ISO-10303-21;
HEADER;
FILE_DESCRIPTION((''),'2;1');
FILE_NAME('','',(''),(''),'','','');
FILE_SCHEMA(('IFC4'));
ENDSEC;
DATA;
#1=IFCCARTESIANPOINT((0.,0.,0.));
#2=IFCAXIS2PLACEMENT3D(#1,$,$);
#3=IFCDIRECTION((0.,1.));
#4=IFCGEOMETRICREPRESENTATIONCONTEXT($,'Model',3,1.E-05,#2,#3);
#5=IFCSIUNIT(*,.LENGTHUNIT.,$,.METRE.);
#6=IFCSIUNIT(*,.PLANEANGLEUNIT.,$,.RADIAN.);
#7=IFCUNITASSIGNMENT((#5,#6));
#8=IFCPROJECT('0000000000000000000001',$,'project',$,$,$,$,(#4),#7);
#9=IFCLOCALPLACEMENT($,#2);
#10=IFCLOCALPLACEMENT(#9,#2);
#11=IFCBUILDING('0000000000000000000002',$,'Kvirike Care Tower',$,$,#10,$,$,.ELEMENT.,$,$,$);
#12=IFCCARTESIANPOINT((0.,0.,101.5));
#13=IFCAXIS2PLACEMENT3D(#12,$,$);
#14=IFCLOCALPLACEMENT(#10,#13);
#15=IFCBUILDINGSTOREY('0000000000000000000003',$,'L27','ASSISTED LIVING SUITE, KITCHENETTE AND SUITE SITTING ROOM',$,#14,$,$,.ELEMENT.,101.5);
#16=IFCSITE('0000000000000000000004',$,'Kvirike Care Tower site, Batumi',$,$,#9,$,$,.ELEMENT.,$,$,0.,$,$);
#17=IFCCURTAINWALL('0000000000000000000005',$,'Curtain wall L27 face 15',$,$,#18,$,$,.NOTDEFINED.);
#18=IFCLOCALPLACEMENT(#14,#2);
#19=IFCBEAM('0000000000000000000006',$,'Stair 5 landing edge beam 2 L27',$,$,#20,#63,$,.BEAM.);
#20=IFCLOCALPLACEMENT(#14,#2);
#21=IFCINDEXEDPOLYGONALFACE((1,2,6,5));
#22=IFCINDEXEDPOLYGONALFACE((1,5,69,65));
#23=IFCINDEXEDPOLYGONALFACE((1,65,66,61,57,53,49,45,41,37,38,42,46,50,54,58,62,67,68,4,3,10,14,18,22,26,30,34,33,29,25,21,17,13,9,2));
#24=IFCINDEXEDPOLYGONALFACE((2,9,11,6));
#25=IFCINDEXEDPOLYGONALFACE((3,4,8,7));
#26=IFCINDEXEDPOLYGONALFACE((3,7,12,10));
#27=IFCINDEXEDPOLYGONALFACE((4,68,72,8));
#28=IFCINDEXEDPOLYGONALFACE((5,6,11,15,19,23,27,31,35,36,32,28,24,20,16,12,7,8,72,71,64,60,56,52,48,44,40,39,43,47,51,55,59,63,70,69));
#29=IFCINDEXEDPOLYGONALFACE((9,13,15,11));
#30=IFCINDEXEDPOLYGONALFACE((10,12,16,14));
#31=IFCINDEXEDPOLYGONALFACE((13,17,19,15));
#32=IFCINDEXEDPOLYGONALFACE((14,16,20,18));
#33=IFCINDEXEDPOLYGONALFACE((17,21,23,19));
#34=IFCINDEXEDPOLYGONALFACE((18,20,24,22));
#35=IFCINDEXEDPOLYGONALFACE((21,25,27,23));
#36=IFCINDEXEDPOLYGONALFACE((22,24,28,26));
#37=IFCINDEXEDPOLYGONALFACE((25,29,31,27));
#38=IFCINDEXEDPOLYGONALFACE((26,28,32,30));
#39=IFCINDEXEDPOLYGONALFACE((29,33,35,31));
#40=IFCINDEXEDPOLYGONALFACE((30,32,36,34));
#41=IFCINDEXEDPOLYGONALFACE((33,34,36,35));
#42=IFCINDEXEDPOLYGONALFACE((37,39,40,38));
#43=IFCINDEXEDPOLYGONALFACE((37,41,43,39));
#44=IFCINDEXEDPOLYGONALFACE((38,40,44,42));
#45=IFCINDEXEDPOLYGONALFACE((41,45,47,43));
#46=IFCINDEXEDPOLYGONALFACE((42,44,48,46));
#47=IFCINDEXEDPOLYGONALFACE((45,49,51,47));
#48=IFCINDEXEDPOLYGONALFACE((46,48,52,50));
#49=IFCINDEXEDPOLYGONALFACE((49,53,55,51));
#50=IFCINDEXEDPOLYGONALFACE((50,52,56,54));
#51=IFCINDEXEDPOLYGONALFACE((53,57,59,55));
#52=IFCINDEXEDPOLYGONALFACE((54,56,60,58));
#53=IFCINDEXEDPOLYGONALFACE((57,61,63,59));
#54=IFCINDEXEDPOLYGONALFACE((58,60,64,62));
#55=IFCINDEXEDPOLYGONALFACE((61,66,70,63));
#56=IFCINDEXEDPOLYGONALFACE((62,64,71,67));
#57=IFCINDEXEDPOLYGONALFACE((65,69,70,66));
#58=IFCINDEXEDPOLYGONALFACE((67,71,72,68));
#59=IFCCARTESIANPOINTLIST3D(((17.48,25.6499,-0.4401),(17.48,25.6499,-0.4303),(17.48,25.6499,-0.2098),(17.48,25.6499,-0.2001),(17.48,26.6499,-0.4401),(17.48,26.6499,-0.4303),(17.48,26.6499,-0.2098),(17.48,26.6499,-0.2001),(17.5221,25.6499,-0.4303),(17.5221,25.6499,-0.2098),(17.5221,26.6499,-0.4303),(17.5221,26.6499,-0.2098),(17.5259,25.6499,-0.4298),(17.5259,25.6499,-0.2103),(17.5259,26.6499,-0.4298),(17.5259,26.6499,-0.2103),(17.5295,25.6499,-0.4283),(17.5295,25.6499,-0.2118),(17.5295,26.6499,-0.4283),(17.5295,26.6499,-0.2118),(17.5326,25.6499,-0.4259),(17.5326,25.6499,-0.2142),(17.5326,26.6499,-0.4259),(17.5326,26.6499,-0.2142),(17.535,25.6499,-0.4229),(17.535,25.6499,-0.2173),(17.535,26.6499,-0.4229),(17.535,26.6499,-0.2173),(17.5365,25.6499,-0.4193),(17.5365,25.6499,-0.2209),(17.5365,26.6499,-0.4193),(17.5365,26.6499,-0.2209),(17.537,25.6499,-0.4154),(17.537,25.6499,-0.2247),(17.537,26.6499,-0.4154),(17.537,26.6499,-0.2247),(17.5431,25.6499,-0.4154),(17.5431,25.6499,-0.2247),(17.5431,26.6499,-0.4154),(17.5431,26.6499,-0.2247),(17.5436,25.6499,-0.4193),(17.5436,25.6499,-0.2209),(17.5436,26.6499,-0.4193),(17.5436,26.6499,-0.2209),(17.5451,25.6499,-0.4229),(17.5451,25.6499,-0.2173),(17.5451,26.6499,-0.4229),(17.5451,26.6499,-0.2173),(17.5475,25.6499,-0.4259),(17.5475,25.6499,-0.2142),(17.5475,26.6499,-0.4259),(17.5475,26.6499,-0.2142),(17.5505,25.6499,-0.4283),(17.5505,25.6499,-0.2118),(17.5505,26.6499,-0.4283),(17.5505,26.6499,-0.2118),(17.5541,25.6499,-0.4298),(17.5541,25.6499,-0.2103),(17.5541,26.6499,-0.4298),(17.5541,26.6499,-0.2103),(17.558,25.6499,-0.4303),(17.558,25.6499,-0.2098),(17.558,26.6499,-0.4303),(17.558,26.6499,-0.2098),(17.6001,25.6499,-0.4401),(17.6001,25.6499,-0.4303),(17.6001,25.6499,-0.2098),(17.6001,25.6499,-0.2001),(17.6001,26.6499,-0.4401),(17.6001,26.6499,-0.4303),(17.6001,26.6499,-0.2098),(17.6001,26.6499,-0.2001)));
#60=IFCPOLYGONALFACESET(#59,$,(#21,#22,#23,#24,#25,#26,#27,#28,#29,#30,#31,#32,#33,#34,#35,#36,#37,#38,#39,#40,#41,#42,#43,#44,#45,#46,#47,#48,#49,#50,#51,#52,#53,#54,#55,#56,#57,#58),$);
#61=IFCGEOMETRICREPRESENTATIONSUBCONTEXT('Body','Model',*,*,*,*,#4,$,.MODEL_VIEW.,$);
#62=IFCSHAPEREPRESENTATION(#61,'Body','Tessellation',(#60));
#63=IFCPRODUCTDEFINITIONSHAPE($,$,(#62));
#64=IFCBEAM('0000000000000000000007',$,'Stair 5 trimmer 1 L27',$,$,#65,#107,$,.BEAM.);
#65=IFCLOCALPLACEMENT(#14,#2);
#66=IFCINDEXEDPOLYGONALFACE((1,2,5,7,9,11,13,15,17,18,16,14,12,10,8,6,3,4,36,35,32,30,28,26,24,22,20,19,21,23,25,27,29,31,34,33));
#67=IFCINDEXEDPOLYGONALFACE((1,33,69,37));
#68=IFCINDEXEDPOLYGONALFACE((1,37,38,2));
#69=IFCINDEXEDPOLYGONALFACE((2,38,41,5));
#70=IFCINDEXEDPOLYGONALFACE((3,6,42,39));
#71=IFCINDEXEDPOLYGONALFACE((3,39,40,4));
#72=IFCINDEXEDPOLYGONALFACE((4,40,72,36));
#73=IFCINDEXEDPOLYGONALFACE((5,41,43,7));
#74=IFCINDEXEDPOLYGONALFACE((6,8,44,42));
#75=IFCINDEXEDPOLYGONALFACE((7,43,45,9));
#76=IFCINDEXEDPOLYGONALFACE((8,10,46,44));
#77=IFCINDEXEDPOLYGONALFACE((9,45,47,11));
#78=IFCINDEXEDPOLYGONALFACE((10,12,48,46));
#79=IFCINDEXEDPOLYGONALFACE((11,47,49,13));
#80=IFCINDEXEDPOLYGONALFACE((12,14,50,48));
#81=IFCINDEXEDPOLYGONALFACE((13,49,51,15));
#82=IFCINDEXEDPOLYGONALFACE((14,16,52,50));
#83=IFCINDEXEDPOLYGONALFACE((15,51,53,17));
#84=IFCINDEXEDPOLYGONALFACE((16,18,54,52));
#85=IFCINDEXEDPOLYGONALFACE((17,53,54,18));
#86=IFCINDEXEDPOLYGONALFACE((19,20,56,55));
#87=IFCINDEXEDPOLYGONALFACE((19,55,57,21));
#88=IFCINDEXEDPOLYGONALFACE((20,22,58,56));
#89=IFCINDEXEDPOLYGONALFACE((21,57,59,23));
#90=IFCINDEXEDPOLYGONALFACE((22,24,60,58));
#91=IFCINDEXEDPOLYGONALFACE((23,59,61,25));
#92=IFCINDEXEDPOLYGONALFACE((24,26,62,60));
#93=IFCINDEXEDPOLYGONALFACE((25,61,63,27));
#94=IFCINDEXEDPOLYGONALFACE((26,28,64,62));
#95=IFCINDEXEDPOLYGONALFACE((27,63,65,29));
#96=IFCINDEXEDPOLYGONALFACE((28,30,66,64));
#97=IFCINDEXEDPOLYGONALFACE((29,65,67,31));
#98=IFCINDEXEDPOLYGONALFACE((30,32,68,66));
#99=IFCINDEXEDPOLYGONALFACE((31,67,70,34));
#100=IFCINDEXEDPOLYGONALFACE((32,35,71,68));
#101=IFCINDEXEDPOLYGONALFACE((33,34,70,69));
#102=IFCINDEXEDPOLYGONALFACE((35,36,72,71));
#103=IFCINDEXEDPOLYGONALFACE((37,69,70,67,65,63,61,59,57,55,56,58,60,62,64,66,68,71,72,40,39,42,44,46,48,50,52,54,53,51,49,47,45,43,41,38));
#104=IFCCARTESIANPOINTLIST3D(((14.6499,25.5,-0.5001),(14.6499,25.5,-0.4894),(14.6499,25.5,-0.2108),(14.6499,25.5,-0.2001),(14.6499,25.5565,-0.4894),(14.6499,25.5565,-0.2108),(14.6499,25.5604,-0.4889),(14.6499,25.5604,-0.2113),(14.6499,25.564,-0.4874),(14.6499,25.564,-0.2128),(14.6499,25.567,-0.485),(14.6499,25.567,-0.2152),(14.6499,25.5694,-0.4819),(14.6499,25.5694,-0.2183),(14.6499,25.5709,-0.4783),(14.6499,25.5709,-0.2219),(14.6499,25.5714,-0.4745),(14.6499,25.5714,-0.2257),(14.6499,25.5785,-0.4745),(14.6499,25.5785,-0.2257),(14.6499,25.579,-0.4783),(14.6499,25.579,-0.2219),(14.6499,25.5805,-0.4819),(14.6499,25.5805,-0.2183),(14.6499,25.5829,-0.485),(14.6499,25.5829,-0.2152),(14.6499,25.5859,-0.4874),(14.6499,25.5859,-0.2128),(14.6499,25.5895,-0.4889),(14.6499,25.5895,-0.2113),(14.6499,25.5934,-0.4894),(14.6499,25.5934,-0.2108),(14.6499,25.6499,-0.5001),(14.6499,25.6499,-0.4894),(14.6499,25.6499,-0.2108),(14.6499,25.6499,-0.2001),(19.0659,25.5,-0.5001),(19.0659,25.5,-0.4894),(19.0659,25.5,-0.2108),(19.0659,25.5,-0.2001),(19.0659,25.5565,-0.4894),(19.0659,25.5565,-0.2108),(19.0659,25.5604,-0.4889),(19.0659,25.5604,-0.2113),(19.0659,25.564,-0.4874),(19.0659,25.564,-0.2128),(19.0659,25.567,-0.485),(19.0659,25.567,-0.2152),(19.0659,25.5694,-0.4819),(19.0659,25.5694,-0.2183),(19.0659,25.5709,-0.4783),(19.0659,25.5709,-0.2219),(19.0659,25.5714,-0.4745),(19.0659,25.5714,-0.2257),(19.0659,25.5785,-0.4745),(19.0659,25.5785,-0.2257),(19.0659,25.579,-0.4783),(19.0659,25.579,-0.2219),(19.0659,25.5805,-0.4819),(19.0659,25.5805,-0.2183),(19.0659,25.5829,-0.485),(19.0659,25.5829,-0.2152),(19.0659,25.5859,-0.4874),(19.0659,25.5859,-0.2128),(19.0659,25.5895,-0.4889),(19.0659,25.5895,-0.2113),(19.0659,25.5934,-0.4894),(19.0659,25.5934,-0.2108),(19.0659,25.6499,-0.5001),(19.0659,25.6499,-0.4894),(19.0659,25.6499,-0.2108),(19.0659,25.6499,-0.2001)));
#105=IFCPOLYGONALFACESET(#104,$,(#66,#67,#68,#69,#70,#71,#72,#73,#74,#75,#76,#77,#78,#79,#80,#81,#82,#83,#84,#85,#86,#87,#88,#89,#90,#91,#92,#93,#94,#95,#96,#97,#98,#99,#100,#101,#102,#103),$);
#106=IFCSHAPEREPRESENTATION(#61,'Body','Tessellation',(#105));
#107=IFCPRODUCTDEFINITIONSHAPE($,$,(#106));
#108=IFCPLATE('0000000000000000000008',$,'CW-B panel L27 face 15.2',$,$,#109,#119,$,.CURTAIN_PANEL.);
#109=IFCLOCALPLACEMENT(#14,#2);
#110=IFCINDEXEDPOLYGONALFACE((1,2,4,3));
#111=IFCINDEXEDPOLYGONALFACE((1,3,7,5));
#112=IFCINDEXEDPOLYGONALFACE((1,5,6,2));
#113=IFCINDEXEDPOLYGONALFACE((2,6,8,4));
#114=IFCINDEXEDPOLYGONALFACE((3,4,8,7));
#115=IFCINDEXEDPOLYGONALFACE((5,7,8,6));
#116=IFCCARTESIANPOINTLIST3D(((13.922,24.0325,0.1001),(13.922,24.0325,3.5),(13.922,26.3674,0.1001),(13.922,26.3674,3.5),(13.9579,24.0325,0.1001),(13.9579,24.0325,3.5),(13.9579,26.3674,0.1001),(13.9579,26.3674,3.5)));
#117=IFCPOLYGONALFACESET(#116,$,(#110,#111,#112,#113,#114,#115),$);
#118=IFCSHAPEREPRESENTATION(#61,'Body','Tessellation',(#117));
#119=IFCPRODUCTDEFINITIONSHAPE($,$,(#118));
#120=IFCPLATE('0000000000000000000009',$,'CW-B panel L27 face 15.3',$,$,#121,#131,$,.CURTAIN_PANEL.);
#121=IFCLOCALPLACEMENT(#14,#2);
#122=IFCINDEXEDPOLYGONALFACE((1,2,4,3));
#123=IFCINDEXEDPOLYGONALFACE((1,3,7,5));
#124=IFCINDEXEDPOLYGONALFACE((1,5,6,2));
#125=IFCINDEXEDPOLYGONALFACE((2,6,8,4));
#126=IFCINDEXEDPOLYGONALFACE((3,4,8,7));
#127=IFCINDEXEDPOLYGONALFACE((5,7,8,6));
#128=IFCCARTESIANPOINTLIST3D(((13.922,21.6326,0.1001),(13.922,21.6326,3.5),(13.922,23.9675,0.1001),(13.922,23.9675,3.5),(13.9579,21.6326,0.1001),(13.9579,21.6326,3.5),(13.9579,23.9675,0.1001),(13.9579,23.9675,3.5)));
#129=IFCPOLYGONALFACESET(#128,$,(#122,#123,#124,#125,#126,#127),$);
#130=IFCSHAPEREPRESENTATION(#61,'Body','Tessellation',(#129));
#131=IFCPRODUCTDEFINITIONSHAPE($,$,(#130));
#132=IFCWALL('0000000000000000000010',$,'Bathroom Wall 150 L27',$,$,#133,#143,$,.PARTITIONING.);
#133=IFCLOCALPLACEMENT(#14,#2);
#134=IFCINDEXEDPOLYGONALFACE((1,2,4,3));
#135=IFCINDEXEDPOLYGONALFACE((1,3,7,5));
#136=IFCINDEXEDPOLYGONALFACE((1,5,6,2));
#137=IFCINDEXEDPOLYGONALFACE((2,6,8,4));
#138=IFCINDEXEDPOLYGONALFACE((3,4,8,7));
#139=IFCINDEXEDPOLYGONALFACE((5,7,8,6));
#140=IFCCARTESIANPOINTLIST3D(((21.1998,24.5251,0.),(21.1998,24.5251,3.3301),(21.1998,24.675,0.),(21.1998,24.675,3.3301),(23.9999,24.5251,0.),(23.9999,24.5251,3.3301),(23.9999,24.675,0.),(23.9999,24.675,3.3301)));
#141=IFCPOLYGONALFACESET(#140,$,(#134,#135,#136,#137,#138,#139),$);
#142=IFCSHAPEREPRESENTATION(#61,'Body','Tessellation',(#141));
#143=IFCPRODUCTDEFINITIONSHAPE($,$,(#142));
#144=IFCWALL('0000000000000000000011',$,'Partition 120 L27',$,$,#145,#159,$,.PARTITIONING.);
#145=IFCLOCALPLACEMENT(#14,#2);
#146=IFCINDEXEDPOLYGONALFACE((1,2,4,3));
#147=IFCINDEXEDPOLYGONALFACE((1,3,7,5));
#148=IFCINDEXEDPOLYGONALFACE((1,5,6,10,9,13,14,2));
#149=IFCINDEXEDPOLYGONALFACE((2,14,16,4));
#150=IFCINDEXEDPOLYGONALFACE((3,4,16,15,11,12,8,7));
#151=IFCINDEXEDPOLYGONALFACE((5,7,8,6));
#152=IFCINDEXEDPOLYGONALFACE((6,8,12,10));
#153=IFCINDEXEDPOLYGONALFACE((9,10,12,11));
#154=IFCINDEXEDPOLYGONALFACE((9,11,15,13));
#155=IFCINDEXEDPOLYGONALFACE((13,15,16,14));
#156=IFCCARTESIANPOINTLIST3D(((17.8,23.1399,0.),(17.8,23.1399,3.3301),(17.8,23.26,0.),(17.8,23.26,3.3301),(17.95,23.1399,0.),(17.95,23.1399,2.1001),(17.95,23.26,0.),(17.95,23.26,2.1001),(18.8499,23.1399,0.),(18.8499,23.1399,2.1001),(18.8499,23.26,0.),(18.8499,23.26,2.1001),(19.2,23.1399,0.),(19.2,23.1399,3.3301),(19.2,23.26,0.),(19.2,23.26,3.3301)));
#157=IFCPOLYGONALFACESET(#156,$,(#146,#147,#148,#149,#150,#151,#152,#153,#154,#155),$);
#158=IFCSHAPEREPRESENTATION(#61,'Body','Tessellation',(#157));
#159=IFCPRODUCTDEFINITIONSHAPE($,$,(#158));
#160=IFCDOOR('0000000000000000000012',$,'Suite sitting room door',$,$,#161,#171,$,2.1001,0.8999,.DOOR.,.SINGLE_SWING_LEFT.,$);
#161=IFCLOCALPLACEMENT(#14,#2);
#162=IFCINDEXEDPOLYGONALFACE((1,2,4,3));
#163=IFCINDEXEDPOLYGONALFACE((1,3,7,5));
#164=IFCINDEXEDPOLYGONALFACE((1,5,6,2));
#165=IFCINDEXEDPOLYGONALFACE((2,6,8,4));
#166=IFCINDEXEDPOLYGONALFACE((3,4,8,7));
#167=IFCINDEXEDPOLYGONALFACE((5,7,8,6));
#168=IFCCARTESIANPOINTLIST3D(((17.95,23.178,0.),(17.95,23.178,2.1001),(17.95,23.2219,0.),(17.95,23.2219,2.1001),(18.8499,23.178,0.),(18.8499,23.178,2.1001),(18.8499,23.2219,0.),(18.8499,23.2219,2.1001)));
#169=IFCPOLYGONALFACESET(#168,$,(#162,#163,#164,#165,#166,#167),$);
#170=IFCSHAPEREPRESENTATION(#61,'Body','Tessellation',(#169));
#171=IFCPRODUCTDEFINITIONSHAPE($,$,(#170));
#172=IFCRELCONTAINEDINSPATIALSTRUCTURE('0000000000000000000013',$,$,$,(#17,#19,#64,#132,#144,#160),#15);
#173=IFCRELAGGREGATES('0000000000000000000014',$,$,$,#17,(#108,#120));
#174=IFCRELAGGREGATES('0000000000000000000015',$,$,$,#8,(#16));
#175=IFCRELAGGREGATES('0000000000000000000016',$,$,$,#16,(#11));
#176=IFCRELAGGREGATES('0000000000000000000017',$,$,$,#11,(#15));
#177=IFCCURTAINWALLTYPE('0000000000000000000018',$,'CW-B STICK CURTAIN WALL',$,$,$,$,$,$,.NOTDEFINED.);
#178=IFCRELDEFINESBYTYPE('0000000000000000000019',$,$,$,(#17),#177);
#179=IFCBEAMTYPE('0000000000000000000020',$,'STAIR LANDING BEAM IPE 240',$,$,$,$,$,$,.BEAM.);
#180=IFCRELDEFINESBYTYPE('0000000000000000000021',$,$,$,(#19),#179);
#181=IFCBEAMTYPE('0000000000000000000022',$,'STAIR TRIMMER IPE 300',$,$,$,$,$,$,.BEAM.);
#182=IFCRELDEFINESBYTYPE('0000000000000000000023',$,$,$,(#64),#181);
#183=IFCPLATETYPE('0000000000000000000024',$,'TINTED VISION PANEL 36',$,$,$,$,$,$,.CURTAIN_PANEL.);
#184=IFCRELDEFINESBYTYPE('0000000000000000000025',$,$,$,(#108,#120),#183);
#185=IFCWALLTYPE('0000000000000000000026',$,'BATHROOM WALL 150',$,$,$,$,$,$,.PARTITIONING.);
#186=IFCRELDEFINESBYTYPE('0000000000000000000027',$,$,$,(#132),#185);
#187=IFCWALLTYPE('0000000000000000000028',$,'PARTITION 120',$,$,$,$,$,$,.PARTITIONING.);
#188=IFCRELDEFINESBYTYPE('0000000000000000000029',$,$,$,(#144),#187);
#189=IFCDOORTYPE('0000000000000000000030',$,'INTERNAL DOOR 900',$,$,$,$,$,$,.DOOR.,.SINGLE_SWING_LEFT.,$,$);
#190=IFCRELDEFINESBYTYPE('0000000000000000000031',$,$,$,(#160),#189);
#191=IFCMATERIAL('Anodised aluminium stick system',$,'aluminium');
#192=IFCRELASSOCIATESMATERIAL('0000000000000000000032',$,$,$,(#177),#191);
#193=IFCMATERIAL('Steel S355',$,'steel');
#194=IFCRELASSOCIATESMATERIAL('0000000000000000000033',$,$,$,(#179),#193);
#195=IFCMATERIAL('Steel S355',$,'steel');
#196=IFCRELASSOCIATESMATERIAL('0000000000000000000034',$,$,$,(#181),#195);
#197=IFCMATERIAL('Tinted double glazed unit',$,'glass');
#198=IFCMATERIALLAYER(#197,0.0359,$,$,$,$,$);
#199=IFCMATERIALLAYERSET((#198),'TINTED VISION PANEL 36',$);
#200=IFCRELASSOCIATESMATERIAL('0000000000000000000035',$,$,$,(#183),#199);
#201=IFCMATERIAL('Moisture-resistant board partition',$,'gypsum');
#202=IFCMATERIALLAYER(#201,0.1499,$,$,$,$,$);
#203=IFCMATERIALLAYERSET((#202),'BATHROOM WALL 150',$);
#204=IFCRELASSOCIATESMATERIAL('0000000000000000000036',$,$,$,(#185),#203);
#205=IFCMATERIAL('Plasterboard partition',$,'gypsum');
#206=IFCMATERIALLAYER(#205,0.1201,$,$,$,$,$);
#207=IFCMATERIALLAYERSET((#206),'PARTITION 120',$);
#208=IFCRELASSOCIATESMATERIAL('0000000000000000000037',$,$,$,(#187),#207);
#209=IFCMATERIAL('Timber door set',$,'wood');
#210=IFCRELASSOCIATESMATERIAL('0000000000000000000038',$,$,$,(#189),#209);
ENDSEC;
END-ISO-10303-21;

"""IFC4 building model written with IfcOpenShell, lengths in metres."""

from ifc_helpers import new_model, si_unit, direction, frame, frame_2d, origin, origin_2d, place, context, subcontext, project, spatial, rectangle, i_section, extrude, material, layer, layer_set, material_profile, profile_set, type_object, element, fill, aggregate, save


model = new_model("IFC4")

# Units and contexts
model_context = context("Model", 3, precision=1e-05, world=origin(), true_north=direction((0.0, 1.0)))
body_context = subcontext(model_context, "Body", "Model", "MODEL_VIEW")
ifc_project = project(units=[si_unit("LENGTHUNIT", "METRE"), si_unit("PLANEANGLEUNIT", "RADIAN")], contexts=[model_context])

# Site, building, storey
site_placement = place(None, origin())
site = spatial("IfcSite", under=ifc_project, at=site_placement, Name="Kvirike Care Tower site, Batumi", CompositionType="ELEMENT", RefElevation=0.0)
building_placement = place(site_placement, origin())
building = spatial("IfcBuilding", under=site, at=building_placement, Name="Kvirike Care Tower", CompositionType="ELEMENT")
storey_placement = place(building_placement, frame((0.0, 0.0, 101.5)))
storey = spatial("IfcBuildingStorey", under=building, at=storey_placement, Name="L27", Description="ASSISTED LIVING SUITE, KITCHENETTE AND SUITE SITTING ROOM", CompositionType="ELEMENT", Elevation=101.5)

# Curtain wall
ifc_material_1 = material(Name="Anodised aluminium stick system", Category="aluminium")
curtain_wall_type = type_object("IfcCurtainWallType", Name="CW-B STICK CURTAIN WALL", PredefinedType="NOTDEFINED", material=ifc_material_1)
curtain_wall_placement = place(storey_placement, origin())
curtain_wall = element("IfcCurtainWall", 1, at=curtain_wall_placement, inside=storey, type_object=curtain_wall_type, Name="Curtain wall L27 face 15", PredefinedType="NOTDEFINED")

# Beams
ifc_material_2 = material(Name="Steel S355", Category="steel")
ifc_material_profile_1 = material_profile(ifc_material_2, i_section(OverallWidth=0.1201, OverallDepth=0.24, WebThickness=0.0061, FlangeThickness=0.0098, FilletRadius=0.0149, at=origin_2d()), Name="IPE 240")
ifc_profile_set_1 = profile_set([ifc_material_profile_1], Name="Steel S355")
beam_type_1 = type_object("IfcBeamType", Name="STAIR LANDING BEAM IPE 240", PredefinedType="BEAM", material=ifc_profile_set_1)
for number, where, z_axis, x_axis, name in (
    (2, (17.54, 25.6499, -0.3201), (0.0, 1.0, 0.0), (-1.0, 0.0, 0.0), "Stair 5 landing edge beam 2 L27"),
):
    element("IfcBeam", number, at=place(storey_placement, frame(where, z_axis=z_axis, x_axis=x_axis)), inside=storey, type_object=beam_type_1, Name=name, PredefinedType="BEAM", context=body_context, shape_type="SweptSolid", body=[
        extrude(i_section(OverallWidth=0.1201, OverallDepth=0.24, WebThickness=0.0061, FlangeThickness=0.0098, FilletRadius=0.0149, at=origin_2d()), origin(), (0.0, 0.0, 1.0), 1.0),
    ])
ifc_material_3 = material(Name="Steel S355", Category="steel")
ifc_material_profile_2 = material_profile(ifc_material_3, i_section(OverallWidth=0.1499, OverallDepth=0.3, WebThickness=0.0071, FlangeThickness=0.0107, FilletRadius=0.0149, at=origin_2d()), Name="IPE 300")
ifc_profile_set_2 = profile_set([ifc_material_profile_2], Name="Steel S355")
beam_type_2 = type_object("IfcBeamType", Name="STAIR TRIMMER IPE 300", PredefinedType="BEAM", material=ifc_profile_set_2)
beam_1_placement = place(storey_placement, frame((14.6499, 25.575, -0.3501), z_axis=(1.0, 0.0, 0.0), x_axis=(0.0, 1.0, 0.0)))
element("IfcBeam", 3, at=beam_1_placement, inside=storey, type_object=beam_type_2, Name="Stair 5 trimmer 1 L27", PredefinedType="BEAM", context=body_context, shape_type="SweptSolid", body=[
    extrude(i_section(OverallWidth=0.1499, OverallDepth=0.3, WebThickness=0.0071, FlangeThickness=0.0107, FilletRadius=0.0149, at=origin_2d()), origin(), (0.0, 0.0, 1.0), 4.416),
])

# Plates
ifc_material_4 = material(Name="Tinted double glazed unit", Category="glass")
ifc_layer_1 = layer(ifc_material_4, 0.0359)
ifc_layer_set_1 = layer_set([ifc_layer_1], Name="TINTED VISION PANEL 36")
plate_type = type_object("IfcPlateType", Name="TINTED VISION PANEL 36", PredefinedType="CURTAIN_PANEL", material=ifc_layer_set_1)
plate_1_placement = place(storey_placement, frame((13.9399, 25.2, 0.1001), z_axis=(0.0, 0.0, 1.0), x_axis=(0.0, -1.0, 0.0)))
plate_1 = element("IfcPlate", 4, at=plate_1_placement, type_object=plate_type, Name="CW-B panel L27 face 15.2", PredefinedType="CURTAIN_PANEL", context=body_context, shape_type="SweptSolid", body=[
    extrude(rectangle(XDim=2.335, YDim=0.0359, at=origin_2d()), origin(), (0.0, 0.0, 1.0), 3.3999),
])
plate_2_placement = place(storey_placement, frame((13.9399, 22.8, 0.1001), z_axis=(0.0, 0.0, 1.0), x_axis=(0.0, -1.0, 0.0)))
plate_2 = element("IfcPlate", 5, at=plate_2_placement, type_object=plate_type, Name="CW-B panel L27 face 15.3", PredefinedType="CURTAIN_PANEL", context=body_context, shape_type="SweptSolid", body=[
    extrude(rectangle(XDim=2.335, YDim=0.0359, at=origin_2d()), origin(), (0.0, 0.0, 1.0), 3.3999),
])
aggregate(curtain_wall, [plate_1, plate_2])

# Wall
ifc_material_5 = material(Name="Moisture-resistant board partition", Category="gypsum")
ifc_layer_2 = layer(ifc_material_5, 0.1499)
ifc_layer_set_2 = layer_set([ifc_layer_2], Name="BATHROOM WALL 150")
wall_type_1 = type_object("IfcWallType", Name="BATHROOM WALL 150", PredefinedType="PARTITIONING", material=ifc_layer_set_2)
wall_1_placement = place(storey_placement, frame((21.2, 24.6001, 0.0), z_axis=(0.0, 0.0, 1.0), x_axis=(1.0, 0.0, 0.0)))
element("IfcWall", 6, at=wall_1_placement, inside=storey, type_object=wall_type_1, Name="Bathroom Wall 150 L27", PredefinedType="PARTITIONING", context=body_context, shape_type="SweptSolid", body=[
    extrude(rectangle(XDim=2.8, YDim=0.1499, at=frame_2d((1.3999, 0.0))), origin(), (0.0, 0.0, 1.0), 3.3301),
])

# Wall, opening, door
ifc_material_6 = material(Name="Plasterboard partition", Category="gypsum")
ifc_layer_3 = layer(ifc_material_6, 0.1201)
ifc_layer_set_3 = layer_set([ifc_layer_3], Name="PARTITION 120")
wall_type_2 = type_object("IfcWallType", Name="PARTITION 120", PredefinedType="PARTITIONING", material=ifc_layer_set_3)
wall_2_placement = place(storey_placement, frame((17.8, 23.2, 0.0), z_axis=(0.0, 0.0, 1.0), x_axis=(1.0, 0.0, 0.0)))
wall_2 = element("IfcWall", 7, at=wall_2_placement, inside=storey, type_object=wall_type_2, Name="Partition 120 L27", PredefinedType="PARTITIONING", context=body_context, shape_type="SweptSolid", body=[
    extrude(rectangle(XDim=1.3999, YDim=0.1201, at=frame_2d((0.7, 0.0))), origin(), (0.0, 0.0, 1.0), 3.3301),
])
opening_placement = place(wall_2_placement, frame((0.1499, 0.0, 0.0)))
opening = element("IfcOpeningElement", 8, at=opening_placement, cuts=wall_2, PredefinedType="OPENING", context=body_context, shape_type="SweptSolid", body=[
    extrude(rectangle(XDim=0.8999, YDim=2.1001, at=frame_2d((0.45, 1.05))), frame((0.0, 0.0706, 0.0), z_axis=(0.0, -1.0, 0.0), x_axis=(1.0, 0.0, 0.0)), (0.0, 0.0, 1.0), 0.1411),
])
ifc_material_7 = material(Name="Timber door set", Category="wood")
door_type = type_object("IfcDoorType", Name="INTERNAL DOOR 900", OperationType="SINGLE_SWING_LEFT", PredefinedType="DOOR", material=ifc_material_7)
door_placement = place(opening_placement, frame((0.8999, 0.0, 0.0), z_axis=(0.0, 0.0, 1.0), x_axis=(-1.0, 0.0, 0.0)))
door = element("IfcDoor", 9, at=door_placement, inside=storey, type_object=door_type, Name="Suite sitting room door", OperationType="SINGLE_SWING_LEFT", OverallHeight=2.1001, OverallWidth=0.8999, PredefinedType="DOOR", context=body_context, shape_type="SweptSolid", body=[
    extrude(rectangle(XDim=0.8999, YDim=2.1001, at=frame_2d((0.45, 1.05))), frame((0.0, 0.022, 0.0), z_axis=(0.0, -1.0, 0.0), x_axis=(1.0, 0.0, 0.0)), (0.0, 0.0, 1.0), 0.0439),
])
fill(opening, door)

save(model, "model.ifc")
